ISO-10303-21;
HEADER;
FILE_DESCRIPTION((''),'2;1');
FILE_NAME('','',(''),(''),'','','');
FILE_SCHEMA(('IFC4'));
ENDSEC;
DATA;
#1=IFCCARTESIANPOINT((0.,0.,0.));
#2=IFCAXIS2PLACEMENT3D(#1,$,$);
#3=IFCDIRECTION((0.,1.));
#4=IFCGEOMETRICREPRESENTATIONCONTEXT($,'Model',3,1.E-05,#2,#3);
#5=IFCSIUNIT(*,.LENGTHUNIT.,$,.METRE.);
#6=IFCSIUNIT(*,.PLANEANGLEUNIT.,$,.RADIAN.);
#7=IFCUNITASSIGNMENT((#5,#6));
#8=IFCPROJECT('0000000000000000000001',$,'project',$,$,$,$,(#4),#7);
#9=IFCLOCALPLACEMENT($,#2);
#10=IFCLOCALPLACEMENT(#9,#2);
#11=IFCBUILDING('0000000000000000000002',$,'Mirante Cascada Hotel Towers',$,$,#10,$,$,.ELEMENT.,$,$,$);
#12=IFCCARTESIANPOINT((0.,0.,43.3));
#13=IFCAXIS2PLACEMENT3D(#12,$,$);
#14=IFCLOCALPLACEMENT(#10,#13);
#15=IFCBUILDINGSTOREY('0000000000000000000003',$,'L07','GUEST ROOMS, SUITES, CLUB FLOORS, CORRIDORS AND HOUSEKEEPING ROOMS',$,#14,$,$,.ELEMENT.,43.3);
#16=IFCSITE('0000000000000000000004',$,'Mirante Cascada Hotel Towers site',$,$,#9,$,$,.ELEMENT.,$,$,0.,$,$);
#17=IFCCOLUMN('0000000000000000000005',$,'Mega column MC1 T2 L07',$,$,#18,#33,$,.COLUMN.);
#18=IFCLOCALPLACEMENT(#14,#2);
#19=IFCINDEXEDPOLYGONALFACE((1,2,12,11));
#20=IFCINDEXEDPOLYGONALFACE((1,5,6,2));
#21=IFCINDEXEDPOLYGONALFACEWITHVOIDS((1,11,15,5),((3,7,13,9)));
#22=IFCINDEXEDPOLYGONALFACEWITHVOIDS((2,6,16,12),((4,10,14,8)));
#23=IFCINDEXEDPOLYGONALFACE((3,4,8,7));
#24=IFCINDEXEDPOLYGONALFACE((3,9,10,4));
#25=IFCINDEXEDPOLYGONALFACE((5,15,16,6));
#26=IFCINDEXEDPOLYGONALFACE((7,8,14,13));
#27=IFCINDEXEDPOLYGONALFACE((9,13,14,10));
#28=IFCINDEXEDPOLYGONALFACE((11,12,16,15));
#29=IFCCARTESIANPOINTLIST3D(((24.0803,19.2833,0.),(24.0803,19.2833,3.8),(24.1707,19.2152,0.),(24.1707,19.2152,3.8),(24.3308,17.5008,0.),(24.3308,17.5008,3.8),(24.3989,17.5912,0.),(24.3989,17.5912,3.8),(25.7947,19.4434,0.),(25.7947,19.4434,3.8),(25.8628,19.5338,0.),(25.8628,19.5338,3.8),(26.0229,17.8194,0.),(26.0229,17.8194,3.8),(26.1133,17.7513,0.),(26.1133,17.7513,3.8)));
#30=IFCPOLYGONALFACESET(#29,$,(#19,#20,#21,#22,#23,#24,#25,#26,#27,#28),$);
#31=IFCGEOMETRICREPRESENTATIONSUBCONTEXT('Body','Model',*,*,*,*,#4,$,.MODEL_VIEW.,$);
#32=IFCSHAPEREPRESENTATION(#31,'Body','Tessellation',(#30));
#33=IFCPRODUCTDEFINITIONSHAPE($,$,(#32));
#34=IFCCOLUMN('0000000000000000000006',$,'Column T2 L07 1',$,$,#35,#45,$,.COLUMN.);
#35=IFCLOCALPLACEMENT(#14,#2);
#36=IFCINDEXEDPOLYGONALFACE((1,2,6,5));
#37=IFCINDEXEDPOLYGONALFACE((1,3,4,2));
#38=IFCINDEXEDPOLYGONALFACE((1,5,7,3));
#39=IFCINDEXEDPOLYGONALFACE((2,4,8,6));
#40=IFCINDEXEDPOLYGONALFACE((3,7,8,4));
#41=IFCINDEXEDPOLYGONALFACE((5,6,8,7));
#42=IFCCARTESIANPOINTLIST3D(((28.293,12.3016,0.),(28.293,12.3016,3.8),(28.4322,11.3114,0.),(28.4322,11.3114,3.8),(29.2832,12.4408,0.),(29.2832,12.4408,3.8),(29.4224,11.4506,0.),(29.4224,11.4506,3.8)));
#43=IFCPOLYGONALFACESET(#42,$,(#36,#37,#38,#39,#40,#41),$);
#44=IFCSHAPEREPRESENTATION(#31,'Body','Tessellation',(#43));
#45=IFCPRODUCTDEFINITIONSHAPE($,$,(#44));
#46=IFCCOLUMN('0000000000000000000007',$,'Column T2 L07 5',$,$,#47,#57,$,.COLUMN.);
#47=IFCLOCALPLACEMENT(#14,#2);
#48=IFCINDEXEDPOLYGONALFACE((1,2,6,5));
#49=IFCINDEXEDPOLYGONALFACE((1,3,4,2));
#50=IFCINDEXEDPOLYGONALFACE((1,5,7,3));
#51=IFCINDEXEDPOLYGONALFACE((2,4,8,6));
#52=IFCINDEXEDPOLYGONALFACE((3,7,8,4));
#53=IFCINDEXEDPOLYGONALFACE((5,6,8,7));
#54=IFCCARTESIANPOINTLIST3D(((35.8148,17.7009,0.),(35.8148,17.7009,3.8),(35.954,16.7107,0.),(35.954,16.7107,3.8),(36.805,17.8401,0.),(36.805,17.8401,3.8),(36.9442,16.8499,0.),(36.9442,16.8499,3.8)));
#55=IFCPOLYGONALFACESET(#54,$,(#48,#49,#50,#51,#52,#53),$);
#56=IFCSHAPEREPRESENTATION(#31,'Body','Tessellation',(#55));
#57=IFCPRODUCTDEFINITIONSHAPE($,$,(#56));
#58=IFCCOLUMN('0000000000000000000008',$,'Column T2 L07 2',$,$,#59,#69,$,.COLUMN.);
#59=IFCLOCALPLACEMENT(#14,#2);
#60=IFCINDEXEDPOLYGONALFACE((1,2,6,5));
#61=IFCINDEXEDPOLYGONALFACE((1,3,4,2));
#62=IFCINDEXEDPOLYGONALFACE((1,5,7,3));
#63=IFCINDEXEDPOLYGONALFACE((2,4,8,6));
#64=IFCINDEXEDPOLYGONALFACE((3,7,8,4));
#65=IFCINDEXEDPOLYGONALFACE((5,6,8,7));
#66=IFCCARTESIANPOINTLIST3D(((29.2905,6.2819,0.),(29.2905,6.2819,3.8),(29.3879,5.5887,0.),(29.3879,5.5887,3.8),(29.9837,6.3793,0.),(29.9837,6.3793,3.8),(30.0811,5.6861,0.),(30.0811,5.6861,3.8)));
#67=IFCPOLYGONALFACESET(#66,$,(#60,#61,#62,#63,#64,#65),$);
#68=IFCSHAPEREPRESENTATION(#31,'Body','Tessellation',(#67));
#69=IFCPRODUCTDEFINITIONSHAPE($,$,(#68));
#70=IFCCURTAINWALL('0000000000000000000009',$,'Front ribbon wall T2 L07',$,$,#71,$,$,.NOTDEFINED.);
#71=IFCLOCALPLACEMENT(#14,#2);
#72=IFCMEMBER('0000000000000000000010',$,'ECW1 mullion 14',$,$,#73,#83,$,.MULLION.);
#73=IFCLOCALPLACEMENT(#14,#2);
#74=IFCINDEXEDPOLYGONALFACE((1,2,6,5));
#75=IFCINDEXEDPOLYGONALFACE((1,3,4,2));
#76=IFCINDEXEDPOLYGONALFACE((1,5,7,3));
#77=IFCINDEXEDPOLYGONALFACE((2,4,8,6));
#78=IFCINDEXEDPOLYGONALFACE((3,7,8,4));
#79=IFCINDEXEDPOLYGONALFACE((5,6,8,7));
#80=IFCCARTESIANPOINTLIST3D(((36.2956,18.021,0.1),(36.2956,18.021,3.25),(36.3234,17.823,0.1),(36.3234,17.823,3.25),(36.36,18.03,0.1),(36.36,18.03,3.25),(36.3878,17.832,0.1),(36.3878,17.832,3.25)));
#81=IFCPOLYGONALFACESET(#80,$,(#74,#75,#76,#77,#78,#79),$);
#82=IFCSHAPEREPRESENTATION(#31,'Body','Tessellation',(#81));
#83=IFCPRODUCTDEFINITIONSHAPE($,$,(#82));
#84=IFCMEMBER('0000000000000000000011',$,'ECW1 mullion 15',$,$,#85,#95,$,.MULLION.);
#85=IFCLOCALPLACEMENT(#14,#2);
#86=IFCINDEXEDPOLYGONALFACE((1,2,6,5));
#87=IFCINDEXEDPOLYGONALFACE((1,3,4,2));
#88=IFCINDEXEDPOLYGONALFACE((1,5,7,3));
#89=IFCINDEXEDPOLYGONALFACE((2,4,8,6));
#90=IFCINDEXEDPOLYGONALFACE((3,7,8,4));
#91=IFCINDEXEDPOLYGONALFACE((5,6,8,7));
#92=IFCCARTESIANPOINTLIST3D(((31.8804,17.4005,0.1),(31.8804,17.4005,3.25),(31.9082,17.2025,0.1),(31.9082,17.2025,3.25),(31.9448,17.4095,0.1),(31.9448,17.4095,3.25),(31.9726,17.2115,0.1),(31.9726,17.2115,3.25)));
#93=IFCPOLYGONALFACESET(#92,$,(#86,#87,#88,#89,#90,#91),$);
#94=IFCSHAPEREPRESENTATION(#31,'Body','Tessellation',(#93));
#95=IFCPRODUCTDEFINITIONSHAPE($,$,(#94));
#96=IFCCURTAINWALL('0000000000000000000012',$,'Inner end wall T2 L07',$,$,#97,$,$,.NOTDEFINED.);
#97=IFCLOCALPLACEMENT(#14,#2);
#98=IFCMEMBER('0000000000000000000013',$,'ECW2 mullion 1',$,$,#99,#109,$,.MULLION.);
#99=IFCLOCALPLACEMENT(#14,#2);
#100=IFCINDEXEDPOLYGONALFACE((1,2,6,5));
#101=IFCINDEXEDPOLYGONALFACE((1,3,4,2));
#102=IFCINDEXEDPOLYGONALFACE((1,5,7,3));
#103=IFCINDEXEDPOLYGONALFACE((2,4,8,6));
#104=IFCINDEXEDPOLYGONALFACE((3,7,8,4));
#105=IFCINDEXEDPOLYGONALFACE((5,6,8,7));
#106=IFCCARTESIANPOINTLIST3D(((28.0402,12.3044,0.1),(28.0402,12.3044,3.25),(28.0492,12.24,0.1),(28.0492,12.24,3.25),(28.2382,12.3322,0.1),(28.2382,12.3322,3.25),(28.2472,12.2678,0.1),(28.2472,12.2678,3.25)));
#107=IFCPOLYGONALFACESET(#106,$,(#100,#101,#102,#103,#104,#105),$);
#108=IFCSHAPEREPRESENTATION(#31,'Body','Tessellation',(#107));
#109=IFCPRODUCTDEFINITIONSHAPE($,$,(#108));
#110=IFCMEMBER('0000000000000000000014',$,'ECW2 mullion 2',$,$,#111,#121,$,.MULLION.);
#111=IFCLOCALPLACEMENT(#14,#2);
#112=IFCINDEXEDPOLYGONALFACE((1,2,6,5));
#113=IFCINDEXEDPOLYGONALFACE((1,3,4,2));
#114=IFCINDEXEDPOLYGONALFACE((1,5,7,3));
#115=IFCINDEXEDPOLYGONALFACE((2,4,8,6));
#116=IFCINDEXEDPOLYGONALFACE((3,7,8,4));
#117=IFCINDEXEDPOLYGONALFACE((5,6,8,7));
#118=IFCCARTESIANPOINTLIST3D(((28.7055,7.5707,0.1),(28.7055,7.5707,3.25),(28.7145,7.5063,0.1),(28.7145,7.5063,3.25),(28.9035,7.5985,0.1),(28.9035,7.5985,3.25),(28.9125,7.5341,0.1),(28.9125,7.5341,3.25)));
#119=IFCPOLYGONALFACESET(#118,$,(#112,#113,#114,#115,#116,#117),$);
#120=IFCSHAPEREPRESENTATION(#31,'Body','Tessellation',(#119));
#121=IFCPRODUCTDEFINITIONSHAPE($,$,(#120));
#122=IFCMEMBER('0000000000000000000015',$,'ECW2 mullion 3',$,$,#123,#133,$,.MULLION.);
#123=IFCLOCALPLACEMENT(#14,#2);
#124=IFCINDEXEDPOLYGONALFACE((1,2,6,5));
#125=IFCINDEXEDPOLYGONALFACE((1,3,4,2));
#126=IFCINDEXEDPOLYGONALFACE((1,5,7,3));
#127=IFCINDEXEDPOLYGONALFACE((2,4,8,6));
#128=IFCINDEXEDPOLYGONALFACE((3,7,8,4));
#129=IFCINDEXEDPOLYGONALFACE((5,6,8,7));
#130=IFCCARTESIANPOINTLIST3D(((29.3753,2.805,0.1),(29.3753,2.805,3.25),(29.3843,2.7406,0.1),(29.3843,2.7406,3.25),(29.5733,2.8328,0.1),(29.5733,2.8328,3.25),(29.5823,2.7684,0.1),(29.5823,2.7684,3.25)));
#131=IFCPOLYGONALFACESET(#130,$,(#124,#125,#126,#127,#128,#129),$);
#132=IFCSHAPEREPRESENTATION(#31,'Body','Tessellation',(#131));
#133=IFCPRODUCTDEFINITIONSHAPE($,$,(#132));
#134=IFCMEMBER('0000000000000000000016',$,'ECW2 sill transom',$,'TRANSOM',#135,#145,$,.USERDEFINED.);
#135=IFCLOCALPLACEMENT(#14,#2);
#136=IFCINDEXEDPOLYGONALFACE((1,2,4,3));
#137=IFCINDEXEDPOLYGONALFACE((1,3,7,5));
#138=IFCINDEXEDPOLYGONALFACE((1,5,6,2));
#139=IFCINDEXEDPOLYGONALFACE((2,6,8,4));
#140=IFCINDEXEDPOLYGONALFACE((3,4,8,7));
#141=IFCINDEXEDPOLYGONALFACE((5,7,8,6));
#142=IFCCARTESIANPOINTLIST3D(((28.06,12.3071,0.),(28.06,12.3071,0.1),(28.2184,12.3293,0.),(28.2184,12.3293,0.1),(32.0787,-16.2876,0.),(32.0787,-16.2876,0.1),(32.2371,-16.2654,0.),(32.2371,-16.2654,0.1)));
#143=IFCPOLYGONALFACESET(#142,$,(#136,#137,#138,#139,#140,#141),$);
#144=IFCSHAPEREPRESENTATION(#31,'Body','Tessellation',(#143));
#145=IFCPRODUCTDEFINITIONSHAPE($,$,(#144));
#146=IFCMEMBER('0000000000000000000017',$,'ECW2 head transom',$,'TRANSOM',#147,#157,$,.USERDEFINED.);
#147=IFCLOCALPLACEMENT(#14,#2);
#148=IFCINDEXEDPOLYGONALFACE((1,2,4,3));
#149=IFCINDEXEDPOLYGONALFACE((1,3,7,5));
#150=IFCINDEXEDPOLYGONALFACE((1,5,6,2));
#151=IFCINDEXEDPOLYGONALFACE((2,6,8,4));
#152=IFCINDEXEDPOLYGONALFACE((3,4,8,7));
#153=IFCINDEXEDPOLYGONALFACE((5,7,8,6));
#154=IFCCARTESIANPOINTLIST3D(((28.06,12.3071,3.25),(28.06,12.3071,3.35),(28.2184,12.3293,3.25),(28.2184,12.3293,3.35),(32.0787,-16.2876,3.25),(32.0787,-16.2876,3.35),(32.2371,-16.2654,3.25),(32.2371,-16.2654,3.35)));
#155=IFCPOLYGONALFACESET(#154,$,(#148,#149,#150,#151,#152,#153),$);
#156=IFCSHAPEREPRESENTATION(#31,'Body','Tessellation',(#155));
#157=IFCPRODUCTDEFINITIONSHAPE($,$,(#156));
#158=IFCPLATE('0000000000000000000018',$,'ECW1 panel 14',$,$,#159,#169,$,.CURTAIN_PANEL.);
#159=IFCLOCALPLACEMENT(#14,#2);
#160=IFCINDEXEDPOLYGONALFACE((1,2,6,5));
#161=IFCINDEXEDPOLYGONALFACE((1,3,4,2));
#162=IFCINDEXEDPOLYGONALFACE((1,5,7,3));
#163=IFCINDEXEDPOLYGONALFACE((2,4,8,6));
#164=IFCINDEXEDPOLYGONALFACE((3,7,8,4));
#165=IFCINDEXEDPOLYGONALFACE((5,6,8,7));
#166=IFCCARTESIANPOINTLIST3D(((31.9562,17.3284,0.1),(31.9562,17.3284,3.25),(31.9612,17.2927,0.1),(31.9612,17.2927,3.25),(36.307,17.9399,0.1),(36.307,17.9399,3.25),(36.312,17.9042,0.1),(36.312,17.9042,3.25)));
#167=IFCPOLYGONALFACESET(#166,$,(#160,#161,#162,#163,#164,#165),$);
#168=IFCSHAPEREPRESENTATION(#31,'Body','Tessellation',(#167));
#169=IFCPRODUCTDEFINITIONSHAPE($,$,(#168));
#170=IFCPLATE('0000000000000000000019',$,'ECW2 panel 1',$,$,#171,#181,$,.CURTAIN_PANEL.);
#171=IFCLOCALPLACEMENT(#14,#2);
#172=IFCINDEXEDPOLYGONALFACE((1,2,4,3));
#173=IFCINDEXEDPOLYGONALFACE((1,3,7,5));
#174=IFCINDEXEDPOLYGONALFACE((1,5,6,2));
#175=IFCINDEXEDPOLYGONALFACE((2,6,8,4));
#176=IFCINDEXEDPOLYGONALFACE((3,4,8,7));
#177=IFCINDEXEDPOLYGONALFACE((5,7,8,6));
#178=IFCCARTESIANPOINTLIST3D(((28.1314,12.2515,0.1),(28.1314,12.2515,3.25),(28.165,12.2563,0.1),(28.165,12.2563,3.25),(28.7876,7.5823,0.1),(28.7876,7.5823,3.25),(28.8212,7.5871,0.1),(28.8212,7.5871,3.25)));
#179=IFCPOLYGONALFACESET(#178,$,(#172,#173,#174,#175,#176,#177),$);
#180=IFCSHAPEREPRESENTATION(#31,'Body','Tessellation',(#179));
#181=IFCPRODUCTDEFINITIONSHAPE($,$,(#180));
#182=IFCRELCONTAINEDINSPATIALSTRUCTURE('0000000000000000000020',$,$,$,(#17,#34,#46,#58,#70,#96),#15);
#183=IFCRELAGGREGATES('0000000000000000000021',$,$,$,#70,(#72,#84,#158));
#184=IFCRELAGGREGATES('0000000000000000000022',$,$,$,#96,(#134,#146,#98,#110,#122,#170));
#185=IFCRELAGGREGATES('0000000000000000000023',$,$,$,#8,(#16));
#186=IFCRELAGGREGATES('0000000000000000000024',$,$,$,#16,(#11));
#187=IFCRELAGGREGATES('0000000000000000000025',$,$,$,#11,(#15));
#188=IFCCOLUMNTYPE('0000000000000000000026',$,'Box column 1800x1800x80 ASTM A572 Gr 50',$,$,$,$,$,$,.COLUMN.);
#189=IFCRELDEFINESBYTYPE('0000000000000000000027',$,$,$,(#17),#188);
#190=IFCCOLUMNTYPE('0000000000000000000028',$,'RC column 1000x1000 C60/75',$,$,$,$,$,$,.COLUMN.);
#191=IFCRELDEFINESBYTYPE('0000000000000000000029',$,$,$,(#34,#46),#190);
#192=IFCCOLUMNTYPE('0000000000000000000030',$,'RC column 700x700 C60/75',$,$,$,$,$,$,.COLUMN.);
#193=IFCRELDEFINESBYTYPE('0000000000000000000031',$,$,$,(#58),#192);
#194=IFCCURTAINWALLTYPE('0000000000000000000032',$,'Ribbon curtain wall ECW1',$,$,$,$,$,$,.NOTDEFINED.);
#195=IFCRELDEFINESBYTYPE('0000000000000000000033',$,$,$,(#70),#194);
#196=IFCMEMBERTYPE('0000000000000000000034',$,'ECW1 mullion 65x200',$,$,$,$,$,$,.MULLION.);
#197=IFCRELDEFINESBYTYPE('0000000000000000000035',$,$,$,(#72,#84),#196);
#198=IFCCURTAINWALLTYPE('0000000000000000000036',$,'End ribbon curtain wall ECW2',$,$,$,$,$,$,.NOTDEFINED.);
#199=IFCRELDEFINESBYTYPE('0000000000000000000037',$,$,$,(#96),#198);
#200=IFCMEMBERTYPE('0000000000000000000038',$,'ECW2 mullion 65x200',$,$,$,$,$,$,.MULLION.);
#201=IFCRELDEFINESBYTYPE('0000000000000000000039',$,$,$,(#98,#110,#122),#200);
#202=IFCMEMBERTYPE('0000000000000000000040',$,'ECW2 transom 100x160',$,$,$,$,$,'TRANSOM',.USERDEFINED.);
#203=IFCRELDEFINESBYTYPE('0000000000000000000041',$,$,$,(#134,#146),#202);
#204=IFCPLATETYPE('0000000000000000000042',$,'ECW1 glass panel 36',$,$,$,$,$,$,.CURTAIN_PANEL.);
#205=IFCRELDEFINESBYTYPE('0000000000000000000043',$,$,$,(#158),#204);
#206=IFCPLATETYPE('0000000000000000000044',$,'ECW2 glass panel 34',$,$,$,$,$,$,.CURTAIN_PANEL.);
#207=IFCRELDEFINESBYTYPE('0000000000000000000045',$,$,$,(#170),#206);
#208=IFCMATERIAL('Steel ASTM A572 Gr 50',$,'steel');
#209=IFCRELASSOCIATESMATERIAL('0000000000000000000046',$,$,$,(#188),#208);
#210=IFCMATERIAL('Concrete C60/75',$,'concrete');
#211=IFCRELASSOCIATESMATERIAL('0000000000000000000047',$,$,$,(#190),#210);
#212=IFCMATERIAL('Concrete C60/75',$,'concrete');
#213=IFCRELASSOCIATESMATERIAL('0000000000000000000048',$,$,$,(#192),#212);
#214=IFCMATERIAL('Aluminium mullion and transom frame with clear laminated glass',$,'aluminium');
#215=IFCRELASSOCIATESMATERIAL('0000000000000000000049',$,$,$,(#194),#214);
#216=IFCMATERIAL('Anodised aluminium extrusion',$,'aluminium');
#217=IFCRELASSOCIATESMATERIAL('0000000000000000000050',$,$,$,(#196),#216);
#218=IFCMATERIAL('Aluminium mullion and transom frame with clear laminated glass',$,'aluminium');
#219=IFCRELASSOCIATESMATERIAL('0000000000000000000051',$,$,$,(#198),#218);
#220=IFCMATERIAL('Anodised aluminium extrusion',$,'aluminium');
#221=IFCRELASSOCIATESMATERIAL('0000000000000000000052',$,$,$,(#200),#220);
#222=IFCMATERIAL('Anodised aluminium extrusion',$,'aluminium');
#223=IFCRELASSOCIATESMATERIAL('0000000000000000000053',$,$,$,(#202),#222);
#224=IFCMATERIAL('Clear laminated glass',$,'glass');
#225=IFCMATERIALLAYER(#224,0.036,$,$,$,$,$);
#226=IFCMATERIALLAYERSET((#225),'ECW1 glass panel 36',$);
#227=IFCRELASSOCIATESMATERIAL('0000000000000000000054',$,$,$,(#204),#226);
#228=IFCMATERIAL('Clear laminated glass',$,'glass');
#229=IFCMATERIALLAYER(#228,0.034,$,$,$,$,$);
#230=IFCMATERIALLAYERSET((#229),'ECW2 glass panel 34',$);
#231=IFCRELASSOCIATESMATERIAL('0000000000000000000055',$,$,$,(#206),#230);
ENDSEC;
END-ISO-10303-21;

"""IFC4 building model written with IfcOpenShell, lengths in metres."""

from ifc_helpers import new_model, si_unit, direction, frame, origin, origin_2d, place, context, subcontext, project, spatial, rectangle, hollow_rectangle, extrude, material, layer, layer_set, material_profile, profile_set, type_object, element, aggregate, save


model = new_model("IFC4")

# Units and contexts
model_context = context("Model", 3, precision=1e-05, world=origin(), true_north=direction((0.0, 1.0)))
body_context = subcontext(model_context, "Body", "Model", "MODEL_VIEW")
ifc_project = project(units=[si_unit("LENGTHUNIT", "METRE"), si_unit("PLANEANGLEUNIT", "RADIAN")], contexts=[model_context])

# Site, building, storey
site_placement = place(None, origin())
site = spatial("IfcSite", under=ifc_project, at=site_placement, Name="Mirante Cascada Hotel Towers site", CompositionType="ELEMENT", RefElevation=0.0)
building_placement = place(site_placement, origin())
building = spatial("IfcBuilding", under=site, at=building_placement, Name="Mirante Cascada Hotel Towers", CompositionType="ELEMENT")
storey_placement = place(building_placement, frame((0.0, 0.0, 43.3)))
storey = spatial("IfcBuildingStorey", under=building, at=storey_placement, Name="L07", Description="GUEST ROOMS, SUITES, CLUB FLOORS, CORRIDORS AND HOUSEKEEPING ROOMS", CompositionType="ELEMENT", Elevation=43.3)

# Columns
ifc_material_1 = material(Name="Steel ASTM A572 Gr 50", Category="steel")
ifc_material_profile_1 = material_profile(ifc_material_1, hollow_rectangle(XDim=1.8, YDim=1.8, WallThickness=0.08, at=origin_2d()), Name="Box column 1800x1800x80 ASTM A572 Gr 50")
ifc_profile_set_1 = profile_set([ifc_material_profile_1], Name="Steel ASTM A572 Gr 50")
column_type_1 = type_object("IfcColumnType", Name="Box column 1800x1800x80 ASTM A572 Gr 50", PredefinedType="COLUMN", material=ifc_profile_set_1)
column_1_placement = place(storey_placement, frame((25.0968, 18.5173, 0.0), z_axis=(0.0, 0.0, 1.0), x_axis=(0.990268, 0.139173, 0.0)))
element("IfcColumn", 1, at=column_1_placement, inside=storey, type_object=column_type_1, Name="Mega column MC1 T2 L07", PredefinedType="COLUMN", context=body_context, shape_type="SweptSolid", body=[
    extrude(hollow_rectangle(XDim=1.8, YDim=1.8, WallThickness=0.08, at=origin_2d()), origin(), (0.0, 0.0, 1.0), 3.8),
])
ifc_material_2 = material(Name="Concrete C60/75", Category="concrete")
ifc_material_profile_2 = material_profile(ifc_material_2, rectangle(XDim=1.0, YDim=1.0, at=origin_2d()), Name="RC column 1000x1000 C60/75")
ifc_profile_set_2 = profile_set([ifc_material_profile_2], Name="Concrete C60/75")
column_type_2 = type_object("IfcColumnType", Name="RC column 1000x1000 C60/75", PredefinedType="COLUMN", material=ifc_profile_set_2)
for number, where, z_axis, x_axis, name in (
    (2, (28.8577, 11.8761, 0.0), (0.0, 0.0, 1.0), (0.990268, 0.139173, 0.0), "Column T2 L07 1"),
    (3, (36.3795, 17.2754, 0.0), (0.0, 0.0, 1.0), (0.990268, 0.139173, 0.0), "Column T2 L07 5"),
):
    element("IfcColumn", number, at=place(storey_placement, frame(where, z_axis=z_axis, x_axis=x_axis)), inside=storey, type_object=column_type_2, Name=name, PredefinedType="COLUMN", context=body_context, shape_type="SweptSolid", body=[
        extrude(rectangle(XDim=1.0, YDim=1.0, at=origin_2d()), origin(), (0.0, 0.0, 1.0), 3.8),
    ])
ifc_material_3 = material(Name="Concrete C60/75", Category="concrete")
ifc_material_profile_3 = material_profile(ifc_material_3, rectangle(XDim=0.7, YDim=0.7, at=origin_2d()), Name="RC column 700x700 C60/75")
ifc_profile_set_3 = profile_set([ifc_material_profile_3], Name="Concrete C60/75")
column_type_3 = type_object("IfcColumnType", Name="RC column 700x700 C60/75", PredefinedType="COLUMN", material=ifc_profile_set_3)
column_2_placement = place(storey_placement, frame((29.6858, 5.984, 0.0), z_axis=(0.0, 0.0, 1.0), x_axis=(0.990268, 0.139173, 0.0)))
element("IfcColumn", 4, at=column_2_placement, inside=storey, type_object=column_type_3, Name="Column T2 L07 2", PredefinedType="COLUMN", context=body_context, shape_type="SweptSolid", body=[
    extrude(rectangle(XDim=0.7, YDim=0.7, at=origin_2d()), origin(), (0.0, 0.0, 1.0), 3.8),
])

# Curtain walls, members
ifc_material_4 = material(Name="Aluminium mullion and transom frame with clear laminated glass", Category="aluminium")
curtain_wall_type_1 = type_object("IfcCurtainWallType", Name="Ribbon curtain wall ECW1", PredefinedType="NOTDEFINED", material=ifc_material_4)
curtain_wall_1_placement = place(storey_placement, origin())
curtain_wall_1 = element("IfcCurtainWall", 5, at=curtain_wall_1_placement, inside=storey, type_object=curtain_wall_type_1, Name="Front ribbon wall T2 L07", PredefinedType="NOTDEFINED")
ifc_material_5 = material(Name="Anodised aluminium extrusion", Category="aluminium")
ifc_material_profile_4 = material_profile(ifc_material_5, rectangle(XDim=0.2, YDim=0.065, at=origin_2d()), Name="ECW1 MULLION 65x200")
ifc_profile_set_4 = profile_set([ifc_material_profile_4], Name="Anodised aluminium extrusion")
member_type_1 = type_object("IfcMemberType", Name="ECW1 mullion 65x200", PredefinedType="MULLION", material=ifc_profile_set_4)
member_1_placement = place(storey_placement, frame((36.3417, 17.9265, 0.1), z_axis=(0.0, 0.0, 1.0), x_axis=(0.139173, -0.990268, 0.0)))
member_1 = element("IfcMember", 6, at=member_1_placement, type_object=member_type_1, Name="ECW1 mullion 14", PredefinedType="MULLION", context=body_context, shape_type="SweptSolid", body=[
    extrude(rectangle(XDim=0.2, YDim=0.065, at=origin_2d()), origin(), (0.0, 0.0, 1.0), 3.15),
])
member_2_placement = place(storey_placement, frame((31.9265, 17.306, 0.1), z_axis=(0.0, 0.0, 1.0), x_axis=(0.139173, -0.990268, 0.0)))
member_2 = element("IfcMember", 7, at=member_2_placement, type_object=member_type_1, Name="ECW1 mullion 15", PredefinedType="MULLION", context=body_context, shape_type="SweptSolid", body=[
    extrude(rectangle(XDim=0.2, YDim=0.065, at=origin_2d()), origin(), (0.0, 0.0, 1.0), 3.15),
])
ifc_material_6 = material(Name="Aluminium mullion and transom frame with clear laminated glass", Category="aluminium")
curtain_wall_type_2 = type_object("IfcCurtainWallType", Name="End ribbon curtain wall ECW2", PredefinedType="NOTDEFINED", material=ifc_material_6)
curtain_wall_2_placement = place(storey_placement, origin())
curtain_wall_2 = element("IfcCurtainWall", 8, at=curtain_wall_2_placement, inside=storey, type_object=curtain_wall_type_2, Name="Inner end wall T2 L07", PredefinedType="NOTDEFINED")
ifc_material_7 = material(Name="Anodised aluminium extrusion", Category="aluminium")
ifc_material_profile_5 = material_profile(ifc_material_7, rectangle(XDim=0.2, YDim=0.065, at=origin_2d()), Name="ECW2 MULLION 65x200")
ifc_profile_set_5 = profile_set([ifc_material_profile_5], Name="Anodised aluminium extrusion")
member_type_2 = type_object("IfcMemberType", Name="ECW2 mullion 65x200", PredefinedType="MULLION", material=ifc_profile_set_5)
member_3_placement = place(storey_placement, frame((28.1437, 12.2861, 0.1), z_axis=(0.0, 0.0, 1.0), x_axis=(0.990268, 0.139173, 0.0)))
member_3 = element("IfcMember", 9, at=member_3_placement, type_object=member_type_2, Name="ECW2 mullion 1", PredefinedType="MULLION", context=body_context, shape_type="SweptSolid", body=[
    extrude(rectangle(XDim=0.2, YDim=0.065, at=origin_2d()), origin(), (0.0, 0.0, 1.0), 3.15),
])
member_4_placement = place(storey_placement, frame((28.809, 7.5524, 0.1), z_axis=(0.0, 0.0, 1.0), x_axis=(0.990268, 0.139173, 0.0)))
member_4 = element("IfcMember", 10, at=member_4_placement, type_object=member_type_2, Name="ECW2 mullion 2", PredefinedType="MULLION", context=body_context, shape_type="SweptSolid", body=[
    extrude(rectangle(XDim=0.2, YDim=0.065, at=origin_2d()), origin(), (0.0, 0.0, 1.0), 3.15),
])
member_5_placement = place(storey_placement, frame((29.4788, 2.7867, 0.1), z_axis=(0.0, 0.0, 1.0), x_axis=(0.990268, 0.139173, 0.0)))
member_5 = element("IfcMember", 11, at=member_5_placement, type_object=member_type_2, Name="ECW2 mullion 3", PredefinedType="MULLION", context=body_context, shape_type="SweptSolid", body=[
    extrude(rectangle(XDim=0.2, YDim=0.065, at=origin_2d()), origin(), (0.0, 0.0, 1.0), 3.15),
])
ifc_material_8 = material(Name="Anodised aluminium extrusion", Category="aluminium")
ifc_material_profile_6 = material_profile(ifc_material_8, rectangle(XDim=0.16, YDim=0.1, at=origin_2d()), Name="ECW2 TRANSOM 100x160")
ifc_profile_set_6 = profile_set([ifc_material_profile_6], Name="Anodised aluminium extrusion")
member_type_3 = type_object("IfcMemberType", Name="ECW2 transom 100x160", ElementType="TRANSOM", PredefinedType="USERDEFINED", material=ifc_profile_set_6)
member_6_placement = place(storey_placement, frame((28.1392, 12.3182, 0.05), z_axis=(0.139172, -0.990268, 0.0), x_axis=(0.990268, 0.139172, 0.0)))
member_6 = element("IfcMember", 12, at=member_6_placement, type_object=member_type_3, Name="ECW2 sill transom", ObjectType="TRANSOM", PredefinedType="USERDEFINED", context=body_context, shape_type="SweptSolid", body=[
    extrude(rectangle(XDim=0.16, YDim=0.1, at=origin_2d()), origin(), (0.0, 0.0, 1.0), 28.8757),
])
member_7_placement = place(storey_placement, frame((28.1392, 12.3182, 3.3), z_axis=(0.139172, -0.990268, 0.0), x_axis=(0.990268, 0.139172, 0.0)))
member_7 = element("IfcMember", 13, at=member_7_placement, type_object=member_type_3, Name="ECW2 head transom", ObjectType="TRANSOM", PredefinedType="USERDEFINED", context=body_context, shape_type="SweptSolid", body=[
    extrude(rectangle(XDim=0.16, YDim=0.1, at=origin_2d()), origin(), (0.0, 0.0, 1.0), 28.8757),
])

# Plates
ifc_material_9 = material(Name="Clear laminated glass", Category="glass")
ifc_layer_1 = layer(ifc_material_9, 0.036)
ifc_layer_set_1 = layer_set([ifc_layer_1], Name="ECW1 glass panel 36")
plate_type_1 = type_object("IfcPlateType", Name="ECW1 glass panel 36", PredefinedType="CURTAIN_PANEL", material=ifc_layer_set_1)
plate_1_placement = place(storey_placement, frame((34.1341, 17.6163, 0.1), z_axis=(0.0, 0.0, 1.0), x_axis=(-0.990268, -0.139173, 0.0)))
plate_1 = element("IfcPlate", 14, at=plate_1_placement, type_object=plate_type_1, Name="ECW1 panel 14", PredefinedType="CURTAIN_PANEL", context=body_context, shape_type="SweptSolid", body=[
    extrude(rectangle(XDim=4.3936, YDim=0.036, at=origin_2d()), origin(), (0.0, 0.0, 1.0), 3.15),
])
aggregate(curtain_wall_1, [member_1, member_2, plate_1])
ifc_material_10 = material(Name="Clear laminated glass", Category="glass")
ifc_layer_2 = layer(ifc_material_10, 0.034)
ifc_layer_set_2 = layer_set([ifc_layer_2], Name="ECW2 glass panel 34")
plate_type_2 = type_object("IfcPlateType", Name="ECW2 glass panel 34", PredefinedType="CURTAIN_PANEL", material=ifc_layer_set_2)
plate_2_placement = place(storey_placement, frame((28.4763, 9.9193, 0.1), z_axis=(0.0, 0.0, 1.0), x_axis=(0.139173, -0.990268, 0.0)))
plate_2 = element("IfcPlate", 15, at=plate_2_placement, type_object=plate_type_2, Name="ECW2 panel 1", PredefinedType="CURTAIN_PANEL", context=body_context, shape_type="SweptSolid", body=[
    extrude(rectangle(XDim=4.7151, YDim=0.034, at=origin_2d()), origin(), (0.0, 0.0, 1.0), 3.15),
])
aggregate(curtain_wall_2, [member_6, member_7, member_3, member_4, member_5, plate_2])

save(model, "model.ifc")
